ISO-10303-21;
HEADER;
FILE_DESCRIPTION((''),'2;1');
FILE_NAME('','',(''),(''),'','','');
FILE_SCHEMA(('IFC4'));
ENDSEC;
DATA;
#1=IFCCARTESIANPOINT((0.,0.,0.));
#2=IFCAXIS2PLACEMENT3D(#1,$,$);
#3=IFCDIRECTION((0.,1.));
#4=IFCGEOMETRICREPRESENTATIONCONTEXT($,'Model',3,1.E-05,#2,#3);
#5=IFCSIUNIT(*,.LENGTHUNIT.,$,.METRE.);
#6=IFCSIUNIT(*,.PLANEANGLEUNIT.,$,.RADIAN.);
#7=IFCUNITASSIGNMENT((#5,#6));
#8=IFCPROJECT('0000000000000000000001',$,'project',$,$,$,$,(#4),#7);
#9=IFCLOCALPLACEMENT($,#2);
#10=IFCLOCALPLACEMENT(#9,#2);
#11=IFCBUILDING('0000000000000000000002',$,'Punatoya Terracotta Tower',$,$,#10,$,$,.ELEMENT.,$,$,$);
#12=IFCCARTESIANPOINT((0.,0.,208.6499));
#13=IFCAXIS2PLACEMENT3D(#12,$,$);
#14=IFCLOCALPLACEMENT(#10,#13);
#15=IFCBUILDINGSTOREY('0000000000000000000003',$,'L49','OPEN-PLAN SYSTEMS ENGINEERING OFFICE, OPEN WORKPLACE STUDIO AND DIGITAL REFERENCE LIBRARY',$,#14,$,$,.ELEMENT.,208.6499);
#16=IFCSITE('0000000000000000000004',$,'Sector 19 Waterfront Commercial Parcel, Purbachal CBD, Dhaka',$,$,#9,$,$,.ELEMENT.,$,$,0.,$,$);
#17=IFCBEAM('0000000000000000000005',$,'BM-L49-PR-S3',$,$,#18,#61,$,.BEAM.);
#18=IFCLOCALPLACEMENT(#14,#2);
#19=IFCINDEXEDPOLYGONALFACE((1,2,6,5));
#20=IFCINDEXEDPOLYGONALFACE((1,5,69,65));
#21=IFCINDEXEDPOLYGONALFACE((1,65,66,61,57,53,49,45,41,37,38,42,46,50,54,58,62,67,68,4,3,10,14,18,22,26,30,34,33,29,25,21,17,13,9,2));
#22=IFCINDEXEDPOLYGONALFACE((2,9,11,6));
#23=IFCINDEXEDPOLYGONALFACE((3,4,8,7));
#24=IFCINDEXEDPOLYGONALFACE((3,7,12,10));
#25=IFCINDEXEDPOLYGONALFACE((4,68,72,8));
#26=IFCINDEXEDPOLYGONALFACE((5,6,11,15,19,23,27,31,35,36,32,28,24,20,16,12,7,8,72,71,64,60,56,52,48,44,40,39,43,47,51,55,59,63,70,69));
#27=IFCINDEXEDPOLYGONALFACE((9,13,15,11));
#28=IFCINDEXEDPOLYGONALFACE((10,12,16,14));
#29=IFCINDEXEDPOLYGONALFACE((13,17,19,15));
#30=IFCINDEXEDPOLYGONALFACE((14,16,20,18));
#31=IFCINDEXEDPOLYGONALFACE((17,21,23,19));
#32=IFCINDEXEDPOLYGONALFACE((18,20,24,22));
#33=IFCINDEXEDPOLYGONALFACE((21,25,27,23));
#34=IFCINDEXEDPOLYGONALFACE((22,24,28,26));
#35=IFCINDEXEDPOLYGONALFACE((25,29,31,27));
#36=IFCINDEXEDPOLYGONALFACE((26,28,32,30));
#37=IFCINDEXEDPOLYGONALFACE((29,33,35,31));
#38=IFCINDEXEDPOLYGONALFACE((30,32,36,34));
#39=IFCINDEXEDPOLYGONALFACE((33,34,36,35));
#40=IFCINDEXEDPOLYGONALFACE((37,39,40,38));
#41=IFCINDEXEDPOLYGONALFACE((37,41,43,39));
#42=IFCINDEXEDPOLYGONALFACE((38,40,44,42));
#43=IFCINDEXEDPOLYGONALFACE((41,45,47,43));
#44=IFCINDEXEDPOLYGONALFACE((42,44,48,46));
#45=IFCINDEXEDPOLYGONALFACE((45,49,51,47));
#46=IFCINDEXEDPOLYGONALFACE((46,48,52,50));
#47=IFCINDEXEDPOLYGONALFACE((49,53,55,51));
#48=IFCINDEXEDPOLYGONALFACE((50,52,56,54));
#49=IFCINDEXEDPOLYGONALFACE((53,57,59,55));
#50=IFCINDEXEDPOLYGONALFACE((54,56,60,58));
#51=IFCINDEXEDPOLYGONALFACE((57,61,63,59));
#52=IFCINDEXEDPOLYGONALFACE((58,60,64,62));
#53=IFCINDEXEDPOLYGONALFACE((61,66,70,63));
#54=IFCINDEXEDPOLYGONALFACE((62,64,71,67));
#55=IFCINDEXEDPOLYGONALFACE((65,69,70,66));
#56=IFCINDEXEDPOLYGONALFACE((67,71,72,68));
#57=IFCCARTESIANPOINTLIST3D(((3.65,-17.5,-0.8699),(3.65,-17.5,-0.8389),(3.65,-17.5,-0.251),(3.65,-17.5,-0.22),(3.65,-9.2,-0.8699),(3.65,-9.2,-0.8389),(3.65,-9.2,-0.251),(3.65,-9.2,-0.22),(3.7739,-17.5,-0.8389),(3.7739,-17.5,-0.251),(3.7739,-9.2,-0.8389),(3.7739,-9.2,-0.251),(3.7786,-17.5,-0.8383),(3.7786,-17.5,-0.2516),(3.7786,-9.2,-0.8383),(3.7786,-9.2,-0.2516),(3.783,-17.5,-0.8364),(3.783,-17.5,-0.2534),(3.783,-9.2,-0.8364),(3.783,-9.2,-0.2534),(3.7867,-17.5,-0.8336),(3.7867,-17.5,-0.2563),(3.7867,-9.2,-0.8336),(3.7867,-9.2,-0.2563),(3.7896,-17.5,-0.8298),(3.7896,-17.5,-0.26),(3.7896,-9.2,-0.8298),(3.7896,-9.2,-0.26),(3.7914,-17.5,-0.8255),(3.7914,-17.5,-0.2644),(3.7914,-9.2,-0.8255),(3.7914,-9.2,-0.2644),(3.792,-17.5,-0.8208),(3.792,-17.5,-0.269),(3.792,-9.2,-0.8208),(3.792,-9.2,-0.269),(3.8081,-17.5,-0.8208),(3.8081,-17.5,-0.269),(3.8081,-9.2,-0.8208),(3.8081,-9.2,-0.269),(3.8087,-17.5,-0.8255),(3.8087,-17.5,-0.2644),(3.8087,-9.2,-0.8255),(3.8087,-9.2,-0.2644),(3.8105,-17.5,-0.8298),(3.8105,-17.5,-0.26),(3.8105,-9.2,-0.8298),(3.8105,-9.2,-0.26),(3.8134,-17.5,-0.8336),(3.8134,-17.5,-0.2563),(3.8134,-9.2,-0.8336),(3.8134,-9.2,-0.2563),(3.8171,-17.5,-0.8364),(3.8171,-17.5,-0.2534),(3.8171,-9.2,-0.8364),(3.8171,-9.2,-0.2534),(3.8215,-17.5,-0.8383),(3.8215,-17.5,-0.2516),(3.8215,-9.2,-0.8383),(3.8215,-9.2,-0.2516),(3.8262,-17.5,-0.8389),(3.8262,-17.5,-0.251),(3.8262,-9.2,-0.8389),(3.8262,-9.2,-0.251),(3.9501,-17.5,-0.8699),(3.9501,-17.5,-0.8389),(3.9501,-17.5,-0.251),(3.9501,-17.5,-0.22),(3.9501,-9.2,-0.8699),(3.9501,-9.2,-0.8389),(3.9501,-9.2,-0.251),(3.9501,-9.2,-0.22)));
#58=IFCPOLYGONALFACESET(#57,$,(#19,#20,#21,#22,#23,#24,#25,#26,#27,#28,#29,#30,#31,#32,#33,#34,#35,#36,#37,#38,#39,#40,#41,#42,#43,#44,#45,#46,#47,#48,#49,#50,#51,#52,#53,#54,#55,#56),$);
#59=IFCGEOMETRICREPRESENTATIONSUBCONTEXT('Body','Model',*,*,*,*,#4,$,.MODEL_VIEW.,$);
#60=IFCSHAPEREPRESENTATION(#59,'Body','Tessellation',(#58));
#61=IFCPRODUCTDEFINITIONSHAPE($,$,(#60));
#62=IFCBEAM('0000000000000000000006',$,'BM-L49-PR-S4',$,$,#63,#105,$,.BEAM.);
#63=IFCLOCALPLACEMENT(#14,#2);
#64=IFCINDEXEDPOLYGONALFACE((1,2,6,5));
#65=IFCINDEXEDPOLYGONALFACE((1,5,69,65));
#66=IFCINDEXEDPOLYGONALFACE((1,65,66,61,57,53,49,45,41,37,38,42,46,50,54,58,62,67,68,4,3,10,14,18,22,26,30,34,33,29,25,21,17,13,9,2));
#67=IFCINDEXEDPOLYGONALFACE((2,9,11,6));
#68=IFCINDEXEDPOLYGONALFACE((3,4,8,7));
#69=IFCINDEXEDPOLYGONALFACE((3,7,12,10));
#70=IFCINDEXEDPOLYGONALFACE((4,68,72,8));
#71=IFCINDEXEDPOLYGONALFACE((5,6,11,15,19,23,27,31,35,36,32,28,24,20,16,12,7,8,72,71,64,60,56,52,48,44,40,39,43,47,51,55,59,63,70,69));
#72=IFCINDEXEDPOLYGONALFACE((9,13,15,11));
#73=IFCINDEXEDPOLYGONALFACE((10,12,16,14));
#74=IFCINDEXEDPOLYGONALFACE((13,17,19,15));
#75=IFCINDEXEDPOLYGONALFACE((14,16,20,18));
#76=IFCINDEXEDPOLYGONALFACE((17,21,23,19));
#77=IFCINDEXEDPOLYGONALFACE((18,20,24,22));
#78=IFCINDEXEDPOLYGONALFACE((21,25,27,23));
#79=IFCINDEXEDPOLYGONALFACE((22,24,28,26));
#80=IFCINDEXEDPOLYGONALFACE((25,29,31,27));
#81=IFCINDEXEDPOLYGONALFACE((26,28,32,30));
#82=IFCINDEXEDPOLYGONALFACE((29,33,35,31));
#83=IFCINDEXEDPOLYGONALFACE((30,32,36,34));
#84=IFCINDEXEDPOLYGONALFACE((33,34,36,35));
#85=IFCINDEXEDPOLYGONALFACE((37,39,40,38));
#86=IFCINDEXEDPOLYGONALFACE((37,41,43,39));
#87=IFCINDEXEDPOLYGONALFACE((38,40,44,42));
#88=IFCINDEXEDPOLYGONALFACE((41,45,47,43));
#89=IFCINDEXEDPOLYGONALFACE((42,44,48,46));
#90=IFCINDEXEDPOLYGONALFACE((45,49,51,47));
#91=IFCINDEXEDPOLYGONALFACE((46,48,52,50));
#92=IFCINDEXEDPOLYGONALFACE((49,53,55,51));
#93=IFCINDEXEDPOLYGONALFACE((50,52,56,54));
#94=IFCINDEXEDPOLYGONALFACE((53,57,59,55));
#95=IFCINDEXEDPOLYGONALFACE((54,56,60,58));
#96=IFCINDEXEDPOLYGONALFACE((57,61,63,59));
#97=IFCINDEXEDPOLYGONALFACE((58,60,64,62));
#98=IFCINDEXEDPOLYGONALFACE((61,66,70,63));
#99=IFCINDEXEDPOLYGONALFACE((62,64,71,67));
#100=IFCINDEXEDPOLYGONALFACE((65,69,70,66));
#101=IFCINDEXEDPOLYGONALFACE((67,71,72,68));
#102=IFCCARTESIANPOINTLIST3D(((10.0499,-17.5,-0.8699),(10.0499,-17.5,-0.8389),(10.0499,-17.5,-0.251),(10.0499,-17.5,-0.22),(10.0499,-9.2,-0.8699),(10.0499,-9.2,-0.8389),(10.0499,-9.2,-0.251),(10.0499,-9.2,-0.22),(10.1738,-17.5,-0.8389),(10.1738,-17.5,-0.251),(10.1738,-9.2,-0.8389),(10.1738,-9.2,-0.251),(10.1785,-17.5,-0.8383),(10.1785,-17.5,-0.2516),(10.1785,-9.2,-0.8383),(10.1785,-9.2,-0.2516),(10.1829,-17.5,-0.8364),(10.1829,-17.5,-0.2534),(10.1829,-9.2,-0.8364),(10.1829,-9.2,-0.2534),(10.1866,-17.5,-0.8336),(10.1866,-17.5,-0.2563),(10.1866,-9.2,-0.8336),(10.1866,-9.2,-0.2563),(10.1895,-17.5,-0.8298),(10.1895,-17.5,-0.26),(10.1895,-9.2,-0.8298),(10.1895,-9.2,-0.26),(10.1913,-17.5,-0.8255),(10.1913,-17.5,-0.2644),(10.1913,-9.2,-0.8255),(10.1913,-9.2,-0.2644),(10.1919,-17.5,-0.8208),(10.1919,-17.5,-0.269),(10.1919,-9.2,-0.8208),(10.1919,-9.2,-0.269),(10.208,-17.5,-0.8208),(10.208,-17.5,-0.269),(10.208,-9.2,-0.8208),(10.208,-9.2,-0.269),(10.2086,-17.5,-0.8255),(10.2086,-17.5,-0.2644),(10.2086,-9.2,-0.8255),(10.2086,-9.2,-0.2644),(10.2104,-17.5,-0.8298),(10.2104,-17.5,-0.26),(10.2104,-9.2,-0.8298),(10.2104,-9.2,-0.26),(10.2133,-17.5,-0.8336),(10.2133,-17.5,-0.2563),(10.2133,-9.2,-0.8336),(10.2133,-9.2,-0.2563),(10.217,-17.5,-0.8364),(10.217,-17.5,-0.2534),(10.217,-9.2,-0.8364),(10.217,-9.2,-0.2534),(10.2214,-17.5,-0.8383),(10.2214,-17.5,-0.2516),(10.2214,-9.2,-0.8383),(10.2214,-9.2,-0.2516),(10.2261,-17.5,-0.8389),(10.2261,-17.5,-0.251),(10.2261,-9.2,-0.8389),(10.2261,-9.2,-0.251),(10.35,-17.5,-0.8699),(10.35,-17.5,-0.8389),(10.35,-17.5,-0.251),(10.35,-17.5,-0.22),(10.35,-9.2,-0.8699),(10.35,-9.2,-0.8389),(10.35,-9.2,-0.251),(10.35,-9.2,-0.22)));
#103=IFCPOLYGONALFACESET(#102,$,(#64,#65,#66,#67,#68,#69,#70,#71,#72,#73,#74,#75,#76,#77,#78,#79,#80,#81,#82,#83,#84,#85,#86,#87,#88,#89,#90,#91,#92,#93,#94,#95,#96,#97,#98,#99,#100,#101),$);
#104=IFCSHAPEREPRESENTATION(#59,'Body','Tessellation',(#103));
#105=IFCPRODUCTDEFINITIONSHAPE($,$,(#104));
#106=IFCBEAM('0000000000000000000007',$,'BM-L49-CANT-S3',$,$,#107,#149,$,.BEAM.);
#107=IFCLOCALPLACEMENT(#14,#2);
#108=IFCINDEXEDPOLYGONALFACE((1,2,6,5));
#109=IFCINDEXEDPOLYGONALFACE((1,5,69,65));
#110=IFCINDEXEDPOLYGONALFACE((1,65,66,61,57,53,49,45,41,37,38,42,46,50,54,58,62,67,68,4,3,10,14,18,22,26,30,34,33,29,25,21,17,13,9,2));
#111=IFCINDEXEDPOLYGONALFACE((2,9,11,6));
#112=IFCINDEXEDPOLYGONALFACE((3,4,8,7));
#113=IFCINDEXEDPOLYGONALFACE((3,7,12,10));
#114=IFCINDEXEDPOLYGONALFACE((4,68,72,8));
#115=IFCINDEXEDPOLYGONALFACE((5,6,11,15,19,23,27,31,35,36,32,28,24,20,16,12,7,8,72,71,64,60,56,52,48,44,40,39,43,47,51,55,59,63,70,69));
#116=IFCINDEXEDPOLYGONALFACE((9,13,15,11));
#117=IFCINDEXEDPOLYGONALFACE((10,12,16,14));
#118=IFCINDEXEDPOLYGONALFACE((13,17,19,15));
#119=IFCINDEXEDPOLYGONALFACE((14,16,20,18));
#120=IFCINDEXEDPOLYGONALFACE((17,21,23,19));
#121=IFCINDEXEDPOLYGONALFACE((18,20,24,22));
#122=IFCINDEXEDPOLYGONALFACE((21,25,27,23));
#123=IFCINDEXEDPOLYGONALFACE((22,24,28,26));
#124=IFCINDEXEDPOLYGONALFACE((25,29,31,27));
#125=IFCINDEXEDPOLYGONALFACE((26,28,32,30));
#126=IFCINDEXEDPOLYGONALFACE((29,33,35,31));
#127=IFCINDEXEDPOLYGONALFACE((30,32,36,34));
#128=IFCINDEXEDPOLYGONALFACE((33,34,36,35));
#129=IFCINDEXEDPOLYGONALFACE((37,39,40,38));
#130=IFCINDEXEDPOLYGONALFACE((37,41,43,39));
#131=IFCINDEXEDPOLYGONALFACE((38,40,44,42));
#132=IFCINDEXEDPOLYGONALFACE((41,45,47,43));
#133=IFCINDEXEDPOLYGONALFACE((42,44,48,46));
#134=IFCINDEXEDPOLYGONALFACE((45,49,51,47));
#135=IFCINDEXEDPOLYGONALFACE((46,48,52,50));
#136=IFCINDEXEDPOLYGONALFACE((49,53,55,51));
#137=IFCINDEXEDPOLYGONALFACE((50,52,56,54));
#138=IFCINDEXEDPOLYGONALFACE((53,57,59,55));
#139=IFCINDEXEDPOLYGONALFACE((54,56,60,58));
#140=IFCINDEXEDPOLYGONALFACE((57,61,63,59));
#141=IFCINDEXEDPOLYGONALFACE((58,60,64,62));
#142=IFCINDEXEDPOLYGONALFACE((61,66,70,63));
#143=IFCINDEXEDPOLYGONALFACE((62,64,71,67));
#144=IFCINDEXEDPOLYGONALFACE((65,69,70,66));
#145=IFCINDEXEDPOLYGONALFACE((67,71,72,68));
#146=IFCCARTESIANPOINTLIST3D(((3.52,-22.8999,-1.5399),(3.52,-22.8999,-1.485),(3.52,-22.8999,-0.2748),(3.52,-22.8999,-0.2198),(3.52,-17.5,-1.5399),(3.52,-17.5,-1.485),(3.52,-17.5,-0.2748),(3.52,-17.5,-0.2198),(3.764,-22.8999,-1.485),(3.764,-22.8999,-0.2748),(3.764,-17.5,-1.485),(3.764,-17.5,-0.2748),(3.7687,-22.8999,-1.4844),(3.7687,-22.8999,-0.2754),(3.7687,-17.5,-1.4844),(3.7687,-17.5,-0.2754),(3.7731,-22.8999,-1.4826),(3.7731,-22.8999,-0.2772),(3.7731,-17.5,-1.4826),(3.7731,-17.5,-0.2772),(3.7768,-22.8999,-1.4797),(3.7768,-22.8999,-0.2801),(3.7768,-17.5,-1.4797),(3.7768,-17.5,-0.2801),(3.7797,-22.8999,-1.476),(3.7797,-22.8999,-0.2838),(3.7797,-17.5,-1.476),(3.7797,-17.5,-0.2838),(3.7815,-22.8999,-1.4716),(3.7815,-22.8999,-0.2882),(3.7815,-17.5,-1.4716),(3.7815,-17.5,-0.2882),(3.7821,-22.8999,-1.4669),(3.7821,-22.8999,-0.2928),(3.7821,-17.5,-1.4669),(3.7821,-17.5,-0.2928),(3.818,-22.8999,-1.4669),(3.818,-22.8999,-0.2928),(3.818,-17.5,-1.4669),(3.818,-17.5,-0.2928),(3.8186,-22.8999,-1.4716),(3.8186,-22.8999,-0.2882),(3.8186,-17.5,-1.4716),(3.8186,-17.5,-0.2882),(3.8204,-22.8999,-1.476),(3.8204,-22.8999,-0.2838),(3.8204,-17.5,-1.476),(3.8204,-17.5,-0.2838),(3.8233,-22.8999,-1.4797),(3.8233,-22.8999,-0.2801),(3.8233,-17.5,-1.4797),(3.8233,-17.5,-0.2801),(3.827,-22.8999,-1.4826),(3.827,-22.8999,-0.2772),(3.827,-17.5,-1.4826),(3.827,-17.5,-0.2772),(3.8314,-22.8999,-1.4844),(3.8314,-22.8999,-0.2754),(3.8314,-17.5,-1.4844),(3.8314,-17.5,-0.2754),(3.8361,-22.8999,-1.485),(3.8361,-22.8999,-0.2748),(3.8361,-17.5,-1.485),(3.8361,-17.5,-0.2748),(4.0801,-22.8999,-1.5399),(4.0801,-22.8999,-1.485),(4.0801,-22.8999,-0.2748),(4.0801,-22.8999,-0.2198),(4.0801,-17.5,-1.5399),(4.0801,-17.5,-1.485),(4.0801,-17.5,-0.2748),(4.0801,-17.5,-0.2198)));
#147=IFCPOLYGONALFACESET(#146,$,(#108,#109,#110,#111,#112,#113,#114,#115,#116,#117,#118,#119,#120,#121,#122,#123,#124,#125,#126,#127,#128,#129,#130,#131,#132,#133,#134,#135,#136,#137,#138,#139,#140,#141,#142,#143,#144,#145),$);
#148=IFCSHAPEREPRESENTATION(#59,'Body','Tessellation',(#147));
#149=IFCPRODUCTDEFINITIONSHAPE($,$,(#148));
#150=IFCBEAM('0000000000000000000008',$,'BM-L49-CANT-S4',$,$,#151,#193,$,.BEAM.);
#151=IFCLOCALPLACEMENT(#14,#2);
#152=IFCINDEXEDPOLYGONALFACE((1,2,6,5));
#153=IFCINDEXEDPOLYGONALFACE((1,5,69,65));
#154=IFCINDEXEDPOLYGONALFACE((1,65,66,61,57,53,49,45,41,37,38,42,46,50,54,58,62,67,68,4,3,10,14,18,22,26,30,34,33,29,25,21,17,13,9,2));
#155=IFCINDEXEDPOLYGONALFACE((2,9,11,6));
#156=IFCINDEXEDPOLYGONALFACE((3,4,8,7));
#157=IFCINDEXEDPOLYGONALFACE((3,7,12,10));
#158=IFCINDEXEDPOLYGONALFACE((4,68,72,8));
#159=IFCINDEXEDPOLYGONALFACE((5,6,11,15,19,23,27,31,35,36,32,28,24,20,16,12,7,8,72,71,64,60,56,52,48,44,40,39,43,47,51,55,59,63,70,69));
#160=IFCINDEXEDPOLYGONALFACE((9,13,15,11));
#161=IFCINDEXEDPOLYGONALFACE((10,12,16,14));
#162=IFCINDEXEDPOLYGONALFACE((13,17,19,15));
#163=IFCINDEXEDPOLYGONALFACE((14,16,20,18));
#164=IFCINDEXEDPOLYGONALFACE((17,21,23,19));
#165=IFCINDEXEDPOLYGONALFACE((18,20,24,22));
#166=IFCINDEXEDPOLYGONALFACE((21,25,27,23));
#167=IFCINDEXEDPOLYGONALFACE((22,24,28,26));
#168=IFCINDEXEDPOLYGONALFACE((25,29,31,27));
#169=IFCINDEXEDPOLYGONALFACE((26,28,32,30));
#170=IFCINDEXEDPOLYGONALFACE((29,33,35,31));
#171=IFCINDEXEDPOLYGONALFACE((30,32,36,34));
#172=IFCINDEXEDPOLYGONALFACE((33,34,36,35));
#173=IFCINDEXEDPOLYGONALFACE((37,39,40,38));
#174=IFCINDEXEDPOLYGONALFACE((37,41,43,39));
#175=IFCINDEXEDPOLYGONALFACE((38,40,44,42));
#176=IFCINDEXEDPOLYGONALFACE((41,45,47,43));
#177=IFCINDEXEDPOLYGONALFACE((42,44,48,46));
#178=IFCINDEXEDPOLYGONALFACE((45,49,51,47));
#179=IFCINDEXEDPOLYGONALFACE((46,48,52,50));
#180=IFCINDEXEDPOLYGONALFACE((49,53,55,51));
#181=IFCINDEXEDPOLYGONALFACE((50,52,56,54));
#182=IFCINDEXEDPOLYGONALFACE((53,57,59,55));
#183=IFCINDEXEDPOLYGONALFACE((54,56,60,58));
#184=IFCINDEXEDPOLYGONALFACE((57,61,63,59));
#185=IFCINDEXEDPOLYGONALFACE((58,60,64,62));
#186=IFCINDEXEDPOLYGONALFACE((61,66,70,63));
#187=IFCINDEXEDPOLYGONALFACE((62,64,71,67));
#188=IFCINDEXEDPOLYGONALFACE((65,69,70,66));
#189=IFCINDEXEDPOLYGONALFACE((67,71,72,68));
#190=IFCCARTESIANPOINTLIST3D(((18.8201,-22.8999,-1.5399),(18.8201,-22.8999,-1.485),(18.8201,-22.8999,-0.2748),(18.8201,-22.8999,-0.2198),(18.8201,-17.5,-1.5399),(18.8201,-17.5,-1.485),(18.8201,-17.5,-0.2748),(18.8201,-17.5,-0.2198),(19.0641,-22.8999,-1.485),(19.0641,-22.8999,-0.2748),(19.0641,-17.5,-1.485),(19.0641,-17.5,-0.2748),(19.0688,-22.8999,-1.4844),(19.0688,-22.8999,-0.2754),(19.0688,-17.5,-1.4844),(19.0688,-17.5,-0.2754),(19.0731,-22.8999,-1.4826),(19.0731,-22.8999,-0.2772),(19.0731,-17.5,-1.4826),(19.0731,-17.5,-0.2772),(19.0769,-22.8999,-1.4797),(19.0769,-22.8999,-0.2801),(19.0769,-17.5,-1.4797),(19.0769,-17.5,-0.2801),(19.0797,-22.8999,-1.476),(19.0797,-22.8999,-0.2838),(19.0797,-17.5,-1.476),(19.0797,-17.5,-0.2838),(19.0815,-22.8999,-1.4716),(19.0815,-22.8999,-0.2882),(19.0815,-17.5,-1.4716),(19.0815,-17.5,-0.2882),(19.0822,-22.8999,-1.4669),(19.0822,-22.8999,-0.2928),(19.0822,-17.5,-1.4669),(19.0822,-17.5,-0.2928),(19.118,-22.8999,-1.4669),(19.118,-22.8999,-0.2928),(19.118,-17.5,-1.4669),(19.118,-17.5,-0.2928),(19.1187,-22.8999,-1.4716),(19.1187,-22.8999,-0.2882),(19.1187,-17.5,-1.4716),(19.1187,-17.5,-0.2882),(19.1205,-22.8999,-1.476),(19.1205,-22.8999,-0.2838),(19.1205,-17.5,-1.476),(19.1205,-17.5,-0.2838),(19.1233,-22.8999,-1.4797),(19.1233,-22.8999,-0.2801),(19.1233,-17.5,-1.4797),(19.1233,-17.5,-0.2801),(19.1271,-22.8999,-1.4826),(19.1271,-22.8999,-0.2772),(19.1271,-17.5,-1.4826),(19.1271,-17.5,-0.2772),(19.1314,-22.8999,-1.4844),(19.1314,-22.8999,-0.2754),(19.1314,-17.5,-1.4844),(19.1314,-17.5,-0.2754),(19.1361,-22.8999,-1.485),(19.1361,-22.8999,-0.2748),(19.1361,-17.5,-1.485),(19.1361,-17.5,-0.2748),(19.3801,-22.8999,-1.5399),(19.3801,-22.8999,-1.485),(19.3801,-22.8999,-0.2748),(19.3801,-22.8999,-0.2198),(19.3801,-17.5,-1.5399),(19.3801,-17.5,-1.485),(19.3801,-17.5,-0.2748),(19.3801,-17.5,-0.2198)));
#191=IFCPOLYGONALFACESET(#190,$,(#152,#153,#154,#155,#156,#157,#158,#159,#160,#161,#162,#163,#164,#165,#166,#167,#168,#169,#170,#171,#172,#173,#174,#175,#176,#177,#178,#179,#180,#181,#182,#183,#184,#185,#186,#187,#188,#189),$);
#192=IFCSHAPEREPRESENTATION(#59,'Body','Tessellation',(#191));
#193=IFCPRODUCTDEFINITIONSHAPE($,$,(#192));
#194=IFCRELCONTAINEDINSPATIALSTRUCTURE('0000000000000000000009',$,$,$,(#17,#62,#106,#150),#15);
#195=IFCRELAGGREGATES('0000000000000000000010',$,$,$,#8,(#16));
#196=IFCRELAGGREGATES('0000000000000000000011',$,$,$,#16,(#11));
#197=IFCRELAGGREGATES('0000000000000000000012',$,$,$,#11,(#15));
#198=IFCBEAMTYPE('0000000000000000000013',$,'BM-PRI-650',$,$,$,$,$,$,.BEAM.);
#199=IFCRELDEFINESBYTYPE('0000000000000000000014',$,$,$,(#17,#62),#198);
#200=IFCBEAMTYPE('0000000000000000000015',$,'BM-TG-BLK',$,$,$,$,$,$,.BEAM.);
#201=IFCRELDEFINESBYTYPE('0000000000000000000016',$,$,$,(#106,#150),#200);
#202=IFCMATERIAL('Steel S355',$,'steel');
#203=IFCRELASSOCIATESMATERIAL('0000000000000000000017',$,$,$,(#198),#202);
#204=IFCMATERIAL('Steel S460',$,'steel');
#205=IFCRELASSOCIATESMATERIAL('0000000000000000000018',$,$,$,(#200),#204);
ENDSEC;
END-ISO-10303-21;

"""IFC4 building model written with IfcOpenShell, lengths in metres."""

from ifc_helpers import new_model, si_unit, direction, frame, origin, origin_2d, place, context, subcontext, project, spatial, i_section, extrude, material, material_profile, profile_set, type_object, element, save


model = new_model("IFC4")

# Units and contexts
model_context = context("Model", 3, precision=1e-05, world=origin(), true_north=direction((0.0, 1.0)))
body_context = subcontext(model_context, "Body", "Model", "MODEL_VIEW")
ifc_project = project(units=[si_unit("LENGTHUNIT", "METRE"), si_unit("PLANEANGLEUNIT", "RADIAN")], contexts=[model_context])

# Site, building, storey
site_placement = place(None, origin())
site = spatial("IfcSite", under=ifc_project, at=site_placement, Name="Sector 19 Waterfront Commercial Parcel, Purbachal CBD, Dhaka", CompositionType="ELEMENT", RefElevation=0.0)
building_placement = place(site_placement, origin())
building = spatial("IfcBuilding", under=site, at=building_placement, Name="Punatoya Terracotta Tower", CompositionType="ELEMENT")
storey_placement = place(building_placement, frame((0.0, 0.0, 208.6499)))
storey = spatial("IfcBuildingStorey", under=building, at=storey_placement, Name="L49", Description="OPEN-PLAN SYSTEMS ENGINEERING OFFICE, OPEN WORKPLACE STUDIO AND DIGITAL REFERENCE LIBRARY", CompositionType="ELEMENT", Elevation=208.6499)

# Shared definitions
ifc_material_1 = material(Name="Steel S460", Category="steel")

# Beams
ifc_material_2 = material(Name="Steel S355", Category="steel")
ifc_material_profile_1 = material_profile(ifc_material_2, i_section(OverallWidth=0.3, OverallDepth=0.6499, WebThickness=0.0161, FlangeThickness=0.031, FilletRadius=0.0181, at=origin_2d()))
ifc_profile_set_1 = profile_set([ifc_material_profile_1], Name="Steel S355")
beam_type_1 = type_object("IfcBeamType", Name="BM-PRI-650", PredefinedType="BEAM", material=ifc_profile_set_1)
for number, where, z_axis, x_axis, name in (
    (1, (3.8, -17.5, -0.5449), (0.0, 1.0, 0.0), (-1.0, 0.0, 0.0), "BM-L49-PR-S3"),
    (2, (10.2, -17.5, -0.5449), (0.0, 1.0, 0.0), (-1.0, 0.0, 0.0), "BM-L49-PR-S4"),
):
    element("IfcBeam", number, at=place(storey_placement, frame(where, z_axis=z_axis, x_axis=x_axis)), inside=storey, type_object=beam_type_1, Name=name, PredefinedType="BEAM", context=body_context, shape_type="SweptSolid", body=[
        extrude(i_section(OverallWidth=0.3, OverallDepth=0.6499, WebThickness=0.0161, FlangeThickness=0.031, FilletRadius=0.0181, at=origin_2d()), origin(), (0.0, 0.0, 1.0), 8.3),
    ])
ifc_material_profile_2 = material_profile(ifc_material_1, i_section(OverallWidth=0.5601, OverallDepth=1.3201, WebThickness=0.0359, FlangeThickness=0.0549, FilletRadius=0.0181, at=origin_2d()))
ifc_profile_set_2 = profile_set([ifc_material_profile_2], Name="Steel S460")
beam_type_2 = type_object("IfcBeamType", Name="BM-TG-BLK", PredefinedType="BEAM", material=ifc_profile_set_2)
for number, where, z_axis, x_axis, name in (
    (3, (3.8, -22.8999, -0.8799), (0.0, 1.0, 0.0), (-1.0, 0.0, 0.0), "BM-L49-CANT-S3"),
    (4, (19.1001, -22.8999, -0.8799), (0.0, 1.0, 0.0), (-1.0, 0.0, 0.0), "BM-L49-CANT-S4"),
):
    element("IfcBeam", number, at=place(storey_placement, frame(where, z_axis=z_axis, x_axis=x_axis)), inside=storey, type_object=beam_type_2, Name=name, PredefinedType="BEAM", context=body_context, shape_type="SweptSolid", body=[
        extrude(i_section(OverallWidth=0.5601, OverallDepth=1.3201, WebThickness=0.0359, FlangeThickness=0.0549, FilletRadius=0.0181, at=origin_2d()), origin(), (0.0, 0.0, 1.0), 5.3999),
    ])

save(model, "model.ifc")
